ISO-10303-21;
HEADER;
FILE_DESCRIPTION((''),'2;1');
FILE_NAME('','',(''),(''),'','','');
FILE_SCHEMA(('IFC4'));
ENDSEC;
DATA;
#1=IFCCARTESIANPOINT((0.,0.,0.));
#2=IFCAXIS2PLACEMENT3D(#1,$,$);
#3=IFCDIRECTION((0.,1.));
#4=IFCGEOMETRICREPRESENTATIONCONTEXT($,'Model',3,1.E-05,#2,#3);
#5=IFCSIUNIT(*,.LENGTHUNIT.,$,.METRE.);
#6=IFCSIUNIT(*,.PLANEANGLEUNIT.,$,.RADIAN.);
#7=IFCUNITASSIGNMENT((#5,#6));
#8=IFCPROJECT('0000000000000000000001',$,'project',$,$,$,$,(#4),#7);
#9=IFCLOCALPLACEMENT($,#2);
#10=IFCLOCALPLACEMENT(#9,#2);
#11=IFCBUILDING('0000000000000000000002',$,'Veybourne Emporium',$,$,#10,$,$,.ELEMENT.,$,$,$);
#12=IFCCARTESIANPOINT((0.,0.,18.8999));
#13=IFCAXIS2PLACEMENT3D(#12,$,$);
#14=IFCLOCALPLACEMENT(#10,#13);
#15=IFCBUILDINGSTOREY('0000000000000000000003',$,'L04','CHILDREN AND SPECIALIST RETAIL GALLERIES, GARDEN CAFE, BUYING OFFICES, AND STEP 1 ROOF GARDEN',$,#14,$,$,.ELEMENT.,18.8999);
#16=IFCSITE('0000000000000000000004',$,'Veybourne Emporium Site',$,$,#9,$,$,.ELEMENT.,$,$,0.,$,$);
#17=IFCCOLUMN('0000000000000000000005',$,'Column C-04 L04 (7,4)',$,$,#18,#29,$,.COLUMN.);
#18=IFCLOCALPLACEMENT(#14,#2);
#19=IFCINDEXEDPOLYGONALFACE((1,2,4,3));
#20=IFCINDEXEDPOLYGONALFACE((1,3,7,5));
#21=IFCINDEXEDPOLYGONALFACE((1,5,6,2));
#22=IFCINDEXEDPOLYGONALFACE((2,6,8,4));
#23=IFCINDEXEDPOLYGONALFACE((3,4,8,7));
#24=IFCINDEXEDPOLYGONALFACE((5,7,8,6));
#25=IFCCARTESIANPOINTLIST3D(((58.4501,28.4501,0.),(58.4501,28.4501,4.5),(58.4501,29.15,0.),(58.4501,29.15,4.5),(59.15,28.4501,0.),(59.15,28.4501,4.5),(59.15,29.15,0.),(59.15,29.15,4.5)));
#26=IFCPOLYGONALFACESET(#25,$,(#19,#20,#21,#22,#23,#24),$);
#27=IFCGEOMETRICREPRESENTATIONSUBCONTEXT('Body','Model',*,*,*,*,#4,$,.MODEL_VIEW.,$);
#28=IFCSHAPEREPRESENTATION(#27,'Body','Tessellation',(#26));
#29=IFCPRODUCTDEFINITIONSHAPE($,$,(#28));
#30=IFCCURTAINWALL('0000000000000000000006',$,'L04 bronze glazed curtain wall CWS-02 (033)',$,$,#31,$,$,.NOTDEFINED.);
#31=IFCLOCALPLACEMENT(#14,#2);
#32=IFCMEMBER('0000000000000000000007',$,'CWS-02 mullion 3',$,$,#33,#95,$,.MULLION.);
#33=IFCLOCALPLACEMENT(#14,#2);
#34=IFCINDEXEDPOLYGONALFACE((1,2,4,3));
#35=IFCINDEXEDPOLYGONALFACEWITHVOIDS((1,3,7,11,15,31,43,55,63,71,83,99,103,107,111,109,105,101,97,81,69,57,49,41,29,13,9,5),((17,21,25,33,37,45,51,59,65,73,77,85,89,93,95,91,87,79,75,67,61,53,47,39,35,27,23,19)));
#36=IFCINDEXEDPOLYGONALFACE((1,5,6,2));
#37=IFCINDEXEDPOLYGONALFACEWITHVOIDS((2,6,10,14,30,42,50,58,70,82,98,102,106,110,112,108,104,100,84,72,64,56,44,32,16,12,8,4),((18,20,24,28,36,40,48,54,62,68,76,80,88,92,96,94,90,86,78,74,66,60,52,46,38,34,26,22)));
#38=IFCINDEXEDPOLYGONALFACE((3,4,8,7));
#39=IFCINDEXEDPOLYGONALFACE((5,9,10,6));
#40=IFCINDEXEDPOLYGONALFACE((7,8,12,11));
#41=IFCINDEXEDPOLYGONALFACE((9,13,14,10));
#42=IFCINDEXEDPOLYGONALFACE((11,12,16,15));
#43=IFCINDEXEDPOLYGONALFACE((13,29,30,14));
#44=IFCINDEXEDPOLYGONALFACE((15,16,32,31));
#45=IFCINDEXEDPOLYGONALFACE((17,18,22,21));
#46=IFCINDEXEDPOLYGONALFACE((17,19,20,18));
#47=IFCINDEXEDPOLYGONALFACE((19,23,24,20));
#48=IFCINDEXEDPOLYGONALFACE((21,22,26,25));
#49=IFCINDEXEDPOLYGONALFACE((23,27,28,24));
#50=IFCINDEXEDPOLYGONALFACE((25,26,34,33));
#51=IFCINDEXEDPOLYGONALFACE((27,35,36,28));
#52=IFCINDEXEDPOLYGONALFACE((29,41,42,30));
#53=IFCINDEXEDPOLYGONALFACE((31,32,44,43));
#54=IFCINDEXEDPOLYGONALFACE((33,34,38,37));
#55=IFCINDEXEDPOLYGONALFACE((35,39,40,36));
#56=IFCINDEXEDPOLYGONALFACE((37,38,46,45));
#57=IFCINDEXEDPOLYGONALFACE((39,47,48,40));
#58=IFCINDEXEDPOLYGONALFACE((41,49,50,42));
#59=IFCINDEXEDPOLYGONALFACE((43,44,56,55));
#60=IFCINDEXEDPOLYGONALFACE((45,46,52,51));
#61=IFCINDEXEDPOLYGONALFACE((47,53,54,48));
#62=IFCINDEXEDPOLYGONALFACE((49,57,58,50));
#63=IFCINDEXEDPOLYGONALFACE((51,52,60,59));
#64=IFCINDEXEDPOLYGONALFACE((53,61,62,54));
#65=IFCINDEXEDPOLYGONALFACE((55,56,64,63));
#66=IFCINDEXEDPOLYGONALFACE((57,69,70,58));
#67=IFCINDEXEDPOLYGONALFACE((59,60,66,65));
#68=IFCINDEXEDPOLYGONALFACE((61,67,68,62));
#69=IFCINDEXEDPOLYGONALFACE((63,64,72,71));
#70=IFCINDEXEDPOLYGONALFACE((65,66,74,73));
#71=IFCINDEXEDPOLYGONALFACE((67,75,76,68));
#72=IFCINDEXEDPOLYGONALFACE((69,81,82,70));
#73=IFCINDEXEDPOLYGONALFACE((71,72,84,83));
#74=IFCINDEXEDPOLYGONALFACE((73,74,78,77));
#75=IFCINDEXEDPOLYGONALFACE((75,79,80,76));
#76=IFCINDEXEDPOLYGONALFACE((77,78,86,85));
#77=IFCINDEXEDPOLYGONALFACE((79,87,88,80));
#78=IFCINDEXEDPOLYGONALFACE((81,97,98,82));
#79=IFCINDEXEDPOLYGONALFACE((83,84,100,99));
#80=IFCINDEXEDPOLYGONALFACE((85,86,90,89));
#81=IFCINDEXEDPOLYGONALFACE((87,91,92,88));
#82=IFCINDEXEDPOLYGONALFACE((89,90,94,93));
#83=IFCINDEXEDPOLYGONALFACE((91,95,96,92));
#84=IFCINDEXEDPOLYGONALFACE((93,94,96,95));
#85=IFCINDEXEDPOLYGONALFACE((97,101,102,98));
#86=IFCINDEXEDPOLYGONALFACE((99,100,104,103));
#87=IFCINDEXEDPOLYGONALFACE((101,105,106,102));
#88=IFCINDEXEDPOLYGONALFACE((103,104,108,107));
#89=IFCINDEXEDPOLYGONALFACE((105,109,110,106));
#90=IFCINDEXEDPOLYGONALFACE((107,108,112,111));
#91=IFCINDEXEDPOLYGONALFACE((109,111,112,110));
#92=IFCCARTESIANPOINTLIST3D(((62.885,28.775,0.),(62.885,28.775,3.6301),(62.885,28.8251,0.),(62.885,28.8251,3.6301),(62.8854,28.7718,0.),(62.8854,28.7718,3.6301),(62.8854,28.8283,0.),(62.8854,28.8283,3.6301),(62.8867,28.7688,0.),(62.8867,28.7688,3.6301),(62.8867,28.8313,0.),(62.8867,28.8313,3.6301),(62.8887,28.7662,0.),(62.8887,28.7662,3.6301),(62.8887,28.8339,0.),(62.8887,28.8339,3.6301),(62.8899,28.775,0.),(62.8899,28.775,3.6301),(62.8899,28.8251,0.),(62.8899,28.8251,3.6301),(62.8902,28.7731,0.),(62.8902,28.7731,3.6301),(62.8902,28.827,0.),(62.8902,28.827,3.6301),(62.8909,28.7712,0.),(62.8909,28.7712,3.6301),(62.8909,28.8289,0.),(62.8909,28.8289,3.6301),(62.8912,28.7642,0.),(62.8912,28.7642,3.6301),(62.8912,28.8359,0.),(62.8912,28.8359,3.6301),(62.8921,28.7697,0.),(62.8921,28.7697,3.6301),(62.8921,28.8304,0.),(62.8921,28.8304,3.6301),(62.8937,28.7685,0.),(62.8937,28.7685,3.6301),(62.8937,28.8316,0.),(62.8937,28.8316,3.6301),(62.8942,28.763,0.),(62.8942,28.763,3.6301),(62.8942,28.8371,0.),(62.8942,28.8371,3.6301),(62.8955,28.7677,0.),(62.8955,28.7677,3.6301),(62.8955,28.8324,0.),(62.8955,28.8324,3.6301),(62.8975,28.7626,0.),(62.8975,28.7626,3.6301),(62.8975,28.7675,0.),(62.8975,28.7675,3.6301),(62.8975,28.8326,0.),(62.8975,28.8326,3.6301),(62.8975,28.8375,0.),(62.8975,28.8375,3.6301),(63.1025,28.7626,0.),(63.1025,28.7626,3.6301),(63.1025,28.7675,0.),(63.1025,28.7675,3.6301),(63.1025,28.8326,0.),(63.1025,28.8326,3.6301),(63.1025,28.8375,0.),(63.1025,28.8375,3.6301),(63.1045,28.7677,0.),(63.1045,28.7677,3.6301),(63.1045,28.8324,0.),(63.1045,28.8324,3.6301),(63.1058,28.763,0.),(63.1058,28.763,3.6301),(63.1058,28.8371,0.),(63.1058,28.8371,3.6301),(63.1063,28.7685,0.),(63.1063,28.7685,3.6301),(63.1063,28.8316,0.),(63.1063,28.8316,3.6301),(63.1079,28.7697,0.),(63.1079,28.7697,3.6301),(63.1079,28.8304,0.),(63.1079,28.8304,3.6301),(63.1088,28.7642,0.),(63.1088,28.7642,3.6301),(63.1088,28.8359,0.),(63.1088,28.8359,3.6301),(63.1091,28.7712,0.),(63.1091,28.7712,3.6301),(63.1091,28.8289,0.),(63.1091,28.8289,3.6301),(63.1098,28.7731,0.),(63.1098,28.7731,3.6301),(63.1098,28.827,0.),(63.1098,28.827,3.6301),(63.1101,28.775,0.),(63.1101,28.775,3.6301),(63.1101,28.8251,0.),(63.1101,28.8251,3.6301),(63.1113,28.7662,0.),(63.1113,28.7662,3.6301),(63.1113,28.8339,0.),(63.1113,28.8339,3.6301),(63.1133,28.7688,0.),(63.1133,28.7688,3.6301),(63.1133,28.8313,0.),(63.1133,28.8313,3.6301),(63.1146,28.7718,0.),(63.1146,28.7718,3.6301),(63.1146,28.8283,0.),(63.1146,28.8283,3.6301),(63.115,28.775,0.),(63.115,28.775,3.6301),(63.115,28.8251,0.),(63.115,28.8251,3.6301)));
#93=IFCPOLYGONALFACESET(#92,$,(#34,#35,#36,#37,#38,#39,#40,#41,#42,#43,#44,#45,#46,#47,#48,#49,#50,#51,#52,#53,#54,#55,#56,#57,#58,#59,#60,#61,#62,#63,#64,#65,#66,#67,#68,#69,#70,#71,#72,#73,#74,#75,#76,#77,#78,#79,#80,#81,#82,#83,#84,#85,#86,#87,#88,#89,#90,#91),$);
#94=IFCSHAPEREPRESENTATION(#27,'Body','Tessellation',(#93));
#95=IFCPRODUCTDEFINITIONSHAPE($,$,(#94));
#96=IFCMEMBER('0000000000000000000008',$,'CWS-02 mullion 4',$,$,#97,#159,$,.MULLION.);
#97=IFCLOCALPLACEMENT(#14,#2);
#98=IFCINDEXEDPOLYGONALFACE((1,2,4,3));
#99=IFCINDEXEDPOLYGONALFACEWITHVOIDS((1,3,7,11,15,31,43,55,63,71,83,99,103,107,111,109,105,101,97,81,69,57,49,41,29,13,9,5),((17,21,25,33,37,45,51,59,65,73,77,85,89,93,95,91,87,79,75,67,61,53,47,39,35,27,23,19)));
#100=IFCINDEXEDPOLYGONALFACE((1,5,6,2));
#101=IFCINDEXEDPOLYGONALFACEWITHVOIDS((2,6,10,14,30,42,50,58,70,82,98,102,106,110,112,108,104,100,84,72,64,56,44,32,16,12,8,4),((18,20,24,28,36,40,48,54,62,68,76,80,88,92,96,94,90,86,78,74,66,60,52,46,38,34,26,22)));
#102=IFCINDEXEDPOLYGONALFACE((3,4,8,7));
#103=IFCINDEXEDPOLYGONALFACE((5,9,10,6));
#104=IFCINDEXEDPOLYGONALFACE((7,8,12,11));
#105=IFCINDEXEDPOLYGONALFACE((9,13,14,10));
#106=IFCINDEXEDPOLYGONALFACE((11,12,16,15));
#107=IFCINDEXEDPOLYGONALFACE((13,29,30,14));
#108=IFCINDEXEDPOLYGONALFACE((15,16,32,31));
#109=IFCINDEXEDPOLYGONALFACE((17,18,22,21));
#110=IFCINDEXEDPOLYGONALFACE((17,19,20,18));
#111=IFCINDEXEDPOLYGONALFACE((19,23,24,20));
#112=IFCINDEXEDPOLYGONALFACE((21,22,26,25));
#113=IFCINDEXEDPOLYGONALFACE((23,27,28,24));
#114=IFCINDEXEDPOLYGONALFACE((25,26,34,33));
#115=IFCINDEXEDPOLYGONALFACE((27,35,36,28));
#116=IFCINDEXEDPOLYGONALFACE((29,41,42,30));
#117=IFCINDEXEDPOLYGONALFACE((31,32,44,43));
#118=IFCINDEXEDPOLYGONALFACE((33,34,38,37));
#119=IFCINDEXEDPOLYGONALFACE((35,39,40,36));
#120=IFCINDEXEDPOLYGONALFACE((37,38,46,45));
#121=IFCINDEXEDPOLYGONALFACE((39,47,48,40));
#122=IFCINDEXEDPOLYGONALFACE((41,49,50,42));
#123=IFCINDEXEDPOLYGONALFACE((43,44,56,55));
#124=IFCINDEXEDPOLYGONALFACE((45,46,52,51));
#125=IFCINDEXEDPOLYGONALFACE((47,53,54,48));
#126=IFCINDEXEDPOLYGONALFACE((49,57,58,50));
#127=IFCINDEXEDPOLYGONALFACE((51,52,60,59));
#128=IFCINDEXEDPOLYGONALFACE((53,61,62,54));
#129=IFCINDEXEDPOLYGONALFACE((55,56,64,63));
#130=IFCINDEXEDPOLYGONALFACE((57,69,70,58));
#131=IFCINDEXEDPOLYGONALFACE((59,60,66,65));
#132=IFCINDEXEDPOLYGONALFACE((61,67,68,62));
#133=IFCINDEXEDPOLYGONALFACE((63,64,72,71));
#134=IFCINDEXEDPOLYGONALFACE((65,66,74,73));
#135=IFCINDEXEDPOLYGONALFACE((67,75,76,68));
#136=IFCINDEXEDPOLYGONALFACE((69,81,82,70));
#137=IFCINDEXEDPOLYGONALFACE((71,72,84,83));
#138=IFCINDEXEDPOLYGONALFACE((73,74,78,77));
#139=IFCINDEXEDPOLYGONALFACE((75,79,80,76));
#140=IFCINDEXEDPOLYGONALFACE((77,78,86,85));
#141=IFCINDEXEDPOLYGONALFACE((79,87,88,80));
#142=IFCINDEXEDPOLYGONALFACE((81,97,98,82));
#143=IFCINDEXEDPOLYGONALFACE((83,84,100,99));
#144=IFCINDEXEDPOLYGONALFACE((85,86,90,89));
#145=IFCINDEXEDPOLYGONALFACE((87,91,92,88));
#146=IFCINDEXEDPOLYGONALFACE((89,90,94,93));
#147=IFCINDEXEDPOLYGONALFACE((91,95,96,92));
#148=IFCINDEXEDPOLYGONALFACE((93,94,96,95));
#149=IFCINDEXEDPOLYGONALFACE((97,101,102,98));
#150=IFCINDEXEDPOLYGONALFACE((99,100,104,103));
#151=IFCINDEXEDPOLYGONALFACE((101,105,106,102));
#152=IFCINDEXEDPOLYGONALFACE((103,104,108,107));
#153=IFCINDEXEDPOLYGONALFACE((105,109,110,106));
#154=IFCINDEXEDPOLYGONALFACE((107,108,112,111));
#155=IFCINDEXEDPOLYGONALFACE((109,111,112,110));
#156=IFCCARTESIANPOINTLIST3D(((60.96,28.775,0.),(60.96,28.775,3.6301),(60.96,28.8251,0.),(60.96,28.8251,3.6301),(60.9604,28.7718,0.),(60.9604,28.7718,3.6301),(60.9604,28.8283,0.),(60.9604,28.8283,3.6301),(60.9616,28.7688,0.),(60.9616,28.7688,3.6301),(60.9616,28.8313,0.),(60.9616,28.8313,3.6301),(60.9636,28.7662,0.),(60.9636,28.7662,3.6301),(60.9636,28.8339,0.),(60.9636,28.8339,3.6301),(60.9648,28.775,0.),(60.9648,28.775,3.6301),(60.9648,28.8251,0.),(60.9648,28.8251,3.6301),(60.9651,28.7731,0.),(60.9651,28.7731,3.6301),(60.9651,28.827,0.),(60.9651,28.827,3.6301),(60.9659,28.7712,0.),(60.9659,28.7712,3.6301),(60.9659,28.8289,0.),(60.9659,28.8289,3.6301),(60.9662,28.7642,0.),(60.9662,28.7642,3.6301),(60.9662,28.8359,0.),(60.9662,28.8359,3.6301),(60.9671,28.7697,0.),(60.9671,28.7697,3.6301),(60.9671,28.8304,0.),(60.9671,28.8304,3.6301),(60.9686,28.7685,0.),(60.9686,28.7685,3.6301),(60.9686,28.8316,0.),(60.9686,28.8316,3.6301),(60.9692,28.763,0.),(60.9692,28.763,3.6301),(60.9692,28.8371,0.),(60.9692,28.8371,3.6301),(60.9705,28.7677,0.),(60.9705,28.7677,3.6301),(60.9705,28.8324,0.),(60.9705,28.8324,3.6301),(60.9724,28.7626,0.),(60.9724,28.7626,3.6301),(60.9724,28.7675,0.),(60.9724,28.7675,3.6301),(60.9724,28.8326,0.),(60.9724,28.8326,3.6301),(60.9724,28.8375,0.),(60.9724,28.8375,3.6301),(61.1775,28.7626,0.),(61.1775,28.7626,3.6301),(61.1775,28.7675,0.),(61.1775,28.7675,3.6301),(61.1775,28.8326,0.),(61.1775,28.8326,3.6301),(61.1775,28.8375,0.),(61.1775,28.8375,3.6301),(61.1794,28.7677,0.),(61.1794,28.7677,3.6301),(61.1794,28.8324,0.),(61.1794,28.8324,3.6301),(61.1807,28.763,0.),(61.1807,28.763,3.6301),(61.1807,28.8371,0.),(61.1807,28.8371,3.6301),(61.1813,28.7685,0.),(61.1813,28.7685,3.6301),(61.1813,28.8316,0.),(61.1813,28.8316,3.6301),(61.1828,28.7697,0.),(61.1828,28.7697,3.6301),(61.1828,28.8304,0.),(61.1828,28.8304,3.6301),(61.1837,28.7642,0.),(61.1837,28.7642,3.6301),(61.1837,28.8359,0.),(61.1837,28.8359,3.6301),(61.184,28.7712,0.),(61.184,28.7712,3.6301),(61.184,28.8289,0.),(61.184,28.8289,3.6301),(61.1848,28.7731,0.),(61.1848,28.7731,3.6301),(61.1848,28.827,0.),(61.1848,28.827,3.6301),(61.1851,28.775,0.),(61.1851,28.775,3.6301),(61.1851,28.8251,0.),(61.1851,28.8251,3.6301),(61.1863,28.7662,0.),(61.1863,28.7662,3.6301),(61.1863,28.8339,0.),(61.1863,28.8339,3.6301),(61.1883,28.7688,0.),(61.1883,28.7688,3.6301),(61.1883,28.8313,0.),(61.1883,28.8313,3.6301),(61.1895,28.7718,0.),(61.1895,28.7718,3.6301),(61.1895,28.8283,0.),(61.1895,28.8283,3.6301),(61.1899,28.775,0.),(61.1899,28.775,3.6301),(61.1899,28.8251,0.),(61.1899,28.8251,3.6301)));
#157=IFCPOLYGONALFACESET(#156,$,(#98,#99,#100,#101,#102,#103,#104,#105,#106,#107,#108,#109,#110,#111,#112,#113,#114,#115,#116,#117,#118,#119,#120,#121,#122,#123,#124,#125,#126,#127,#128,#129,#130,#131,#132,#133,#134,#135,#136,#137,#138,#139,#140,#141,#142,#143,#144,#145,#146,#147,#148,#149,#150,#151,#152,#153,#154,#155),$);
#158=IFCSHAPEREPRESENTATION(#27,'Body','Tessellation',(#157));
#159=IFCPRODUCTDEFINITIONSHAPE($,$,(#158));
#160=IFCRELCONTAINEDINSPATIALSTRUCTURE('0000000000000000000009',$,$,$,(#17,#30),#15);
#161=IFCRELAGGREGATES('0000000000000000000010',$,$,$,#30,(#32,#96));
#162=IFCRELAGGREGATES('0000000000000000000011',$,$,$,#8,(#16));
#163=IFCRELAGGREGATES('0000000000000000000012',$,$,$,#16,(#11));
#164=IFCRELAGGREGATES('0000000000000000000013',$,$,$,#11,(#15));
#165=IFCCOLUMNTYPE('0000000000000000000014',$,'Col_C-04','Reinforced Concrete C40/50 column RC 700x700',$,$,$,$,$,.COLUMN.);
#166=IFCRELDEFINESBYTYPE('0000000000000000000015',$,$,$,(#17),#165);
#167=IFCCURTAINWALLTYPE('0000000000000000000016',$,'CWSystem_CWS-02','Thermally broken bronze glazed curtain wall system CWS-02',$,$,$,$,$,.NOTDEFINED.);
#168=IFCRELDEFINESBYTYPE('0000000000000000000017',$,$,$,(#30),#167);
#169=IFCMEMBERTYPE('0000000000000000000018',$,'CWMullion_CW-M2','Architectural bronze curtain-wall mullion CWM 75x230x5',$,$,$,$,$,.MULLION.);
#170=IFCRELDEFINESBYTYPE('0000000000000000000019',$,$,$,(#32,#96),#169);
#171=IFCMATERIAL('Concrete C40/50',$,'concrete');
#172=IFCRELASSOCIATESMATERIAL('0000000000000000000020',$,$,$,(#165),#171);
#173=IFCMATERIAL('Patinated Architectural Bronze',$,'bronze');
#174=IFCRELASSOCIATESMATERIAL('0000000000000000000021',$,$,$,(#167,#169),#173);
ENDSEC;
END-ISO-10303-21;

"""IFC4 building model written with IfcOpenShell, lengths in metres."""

from ifc_helpers import new_model, si_unit, direction, frame, origin, origin_2d, place, context, subcontext, project, spatial, rectangle, hollow_rectangle, extrude, material, material_profile, profile_set, type_object, element, aggregate, save


model = new_model("IFC4")

# Units and contexts
model_context = context("Model", 3, precision=1e-05, world=origin(), true_north=direction((0.0, 1.0)))
body_context = subcontext(model_context, "Body", "Model", "MODEL_VIEW")
ifc_project = project(units=[si_unit("LENGTHUNIT", "METRE"), si_unit("PLANEANGLEUNIT", "RADIAN")], contexts=[model_context])

# Site, building, storey
site_placement = place(None, origin())
site = spatial("IfcSite", under=ifc_project, at=site_placement, Name="Veybourne Emporium Site", CompositionType="ELEMENT", RefElevation=0.0)
building_placement = place(site_placement, origin())
building = spatial("IfcBuilding", under=site, at=building_placement, Name="Veybourne Emporium", CompositionType="ELEMENT")
storey_placement = place(building_placement, frame((0.0, 0.0, 18.8999)))
storey = spatial("IfcBuildingStorey", under=building, at=storey_placement, Name="L04", Description="CHILDREN AND SPECIALIST RETAIL GALLERIES, GARDEN CAFE, BUYING OFFICES, AND STEP 1 ROOF GARDEN", CompositionType="ELEMENT", Elevation=18.8999)

# Column
ifc_material_1 = material(Name="Concrete C40/50", Category="concrete")
ifc_material_profile_1 = material_profile(ifc_material_1, rectangle(XDim=0.7, YDim=0.7, at=origin_2d()), Name="RC 700x700")
ifc_profile_set_1 = profile_set([ifc_material_profile_1], Name="Concrete C40/50")
column_type = type_object("IfcColumnType", Name="Col_C-04", Description="Reinforced Concrete C40/50 column RC 700x700", PredefinedType="COLUMN", material=ifc_profile_set_1)
column_placement = place(storey_placement, frame((58.8, 28.8, 0.0), z_axis=(0.0, 0.0, 1.0), x_axis=(1.0, 0.0, 0.0)))
element("IfcColumn", 1, at=column_placement, inside=storey, type_object=column_type, Name="Column C-04 L04 (7,4)", PredefinedType="COLUMN", context=body_context, shape_type="SweptSolid", body=[
    extrude(rectangle(XDim=0.7, YDim=0.7, at=origin_2d()), origin(), (0.0, 0.0, 1.0), 4.5),
])

# Curtain wall, members
ifc_material_2 = material(Name="Patinated Architectural Bronze", Category="bronze")
curtain_wall_type = type_object("IfcCurtainWallType", Name="CWSystem_CWS-02", Description="Thermally broken bronze glazed curtain wall system CWS-02", PredefinedType="NOTDEFINED", material=ifc_material_2)
curtain_wall_placement = place(storey_placement, origin())
curtain_wall = element("IfcCurtainWall", 2, at=curtain_wall_placement, inside=storey, type_object=curtain_wall_type, Name="L04 bronze glazed curtain wall CWS-02 (033)", PredefinedType="NOTDEFINED")
ifc_material_profile_2 = material_profile(ifc_material_2, hollow_rectangle(XDim=0.075, YDim=0.23, WallThickness=0.0049, InnerFilletRadius=0.0076, OuterFilletRadius=0.0125, at=origin_2d()), Name="CWM 75x230x5")
ifc_profile_set_2 = profile_set([ifc_material_profile_2], Name="Patinated Architectural Bronze")
member_type_1 = type_object("IfcMemberType", Name="CWMullion_CW-M2", Description="Architectural bronze curtain-wall mullion CWM 75x230x5", PredefinedType="MULLION", material=ifc_profile_set_2)
member_1_placement = place(storey_placement, frame((63.0, 28.8, 0.0), z_axis=(0.0, 0.0, 1.0), x_axis=(0.0, -1.0, 0.0)))
member_1 = element("IfcMember", 3, at=member_1_placement, type_object=member_type_1, Name="CWS-02 mullion 3", PredefinedType="MULLION", context=body_context, shape_type="SweptSolid", body=[
    extrude(hollow_rectangle(XDim=0.075, YDim=0.23, WallThickness=0.0049, InnerFilletRadius=0.0076, OuterFilletRadius=0.0125, at=origin_2d()), origin(), (0.0, 0.0, 1.0), 3.6301),
])
member_2_placement = place(storey_placement, frame((61.075, 28.8, 0.0), z_axis=(0.0, 0.0, 1.0), x_axis=(0.0, -1.0, 0.0)))
member_2 = element("IfcMember", 4, at=member_2_placement, type_object=member_type_1, Name="CWS-02 mullion 4", PredefinedType="MULLION", context=body_context, shape_type="SweptSolid", body=[
    extrude(hollow_rectangle(XDim=0.075, YDim=0.23, WallThickness=0.0049, InnerFilletRadius=0.0076, OuterFilletRadius=0.0125, at=origin_2d()), origin(), (0.0, 0.0, 1.0), 3.6301),
])

aggregate(curtain_wall, [member_1, member_2])

save(model, "model.ifc")
